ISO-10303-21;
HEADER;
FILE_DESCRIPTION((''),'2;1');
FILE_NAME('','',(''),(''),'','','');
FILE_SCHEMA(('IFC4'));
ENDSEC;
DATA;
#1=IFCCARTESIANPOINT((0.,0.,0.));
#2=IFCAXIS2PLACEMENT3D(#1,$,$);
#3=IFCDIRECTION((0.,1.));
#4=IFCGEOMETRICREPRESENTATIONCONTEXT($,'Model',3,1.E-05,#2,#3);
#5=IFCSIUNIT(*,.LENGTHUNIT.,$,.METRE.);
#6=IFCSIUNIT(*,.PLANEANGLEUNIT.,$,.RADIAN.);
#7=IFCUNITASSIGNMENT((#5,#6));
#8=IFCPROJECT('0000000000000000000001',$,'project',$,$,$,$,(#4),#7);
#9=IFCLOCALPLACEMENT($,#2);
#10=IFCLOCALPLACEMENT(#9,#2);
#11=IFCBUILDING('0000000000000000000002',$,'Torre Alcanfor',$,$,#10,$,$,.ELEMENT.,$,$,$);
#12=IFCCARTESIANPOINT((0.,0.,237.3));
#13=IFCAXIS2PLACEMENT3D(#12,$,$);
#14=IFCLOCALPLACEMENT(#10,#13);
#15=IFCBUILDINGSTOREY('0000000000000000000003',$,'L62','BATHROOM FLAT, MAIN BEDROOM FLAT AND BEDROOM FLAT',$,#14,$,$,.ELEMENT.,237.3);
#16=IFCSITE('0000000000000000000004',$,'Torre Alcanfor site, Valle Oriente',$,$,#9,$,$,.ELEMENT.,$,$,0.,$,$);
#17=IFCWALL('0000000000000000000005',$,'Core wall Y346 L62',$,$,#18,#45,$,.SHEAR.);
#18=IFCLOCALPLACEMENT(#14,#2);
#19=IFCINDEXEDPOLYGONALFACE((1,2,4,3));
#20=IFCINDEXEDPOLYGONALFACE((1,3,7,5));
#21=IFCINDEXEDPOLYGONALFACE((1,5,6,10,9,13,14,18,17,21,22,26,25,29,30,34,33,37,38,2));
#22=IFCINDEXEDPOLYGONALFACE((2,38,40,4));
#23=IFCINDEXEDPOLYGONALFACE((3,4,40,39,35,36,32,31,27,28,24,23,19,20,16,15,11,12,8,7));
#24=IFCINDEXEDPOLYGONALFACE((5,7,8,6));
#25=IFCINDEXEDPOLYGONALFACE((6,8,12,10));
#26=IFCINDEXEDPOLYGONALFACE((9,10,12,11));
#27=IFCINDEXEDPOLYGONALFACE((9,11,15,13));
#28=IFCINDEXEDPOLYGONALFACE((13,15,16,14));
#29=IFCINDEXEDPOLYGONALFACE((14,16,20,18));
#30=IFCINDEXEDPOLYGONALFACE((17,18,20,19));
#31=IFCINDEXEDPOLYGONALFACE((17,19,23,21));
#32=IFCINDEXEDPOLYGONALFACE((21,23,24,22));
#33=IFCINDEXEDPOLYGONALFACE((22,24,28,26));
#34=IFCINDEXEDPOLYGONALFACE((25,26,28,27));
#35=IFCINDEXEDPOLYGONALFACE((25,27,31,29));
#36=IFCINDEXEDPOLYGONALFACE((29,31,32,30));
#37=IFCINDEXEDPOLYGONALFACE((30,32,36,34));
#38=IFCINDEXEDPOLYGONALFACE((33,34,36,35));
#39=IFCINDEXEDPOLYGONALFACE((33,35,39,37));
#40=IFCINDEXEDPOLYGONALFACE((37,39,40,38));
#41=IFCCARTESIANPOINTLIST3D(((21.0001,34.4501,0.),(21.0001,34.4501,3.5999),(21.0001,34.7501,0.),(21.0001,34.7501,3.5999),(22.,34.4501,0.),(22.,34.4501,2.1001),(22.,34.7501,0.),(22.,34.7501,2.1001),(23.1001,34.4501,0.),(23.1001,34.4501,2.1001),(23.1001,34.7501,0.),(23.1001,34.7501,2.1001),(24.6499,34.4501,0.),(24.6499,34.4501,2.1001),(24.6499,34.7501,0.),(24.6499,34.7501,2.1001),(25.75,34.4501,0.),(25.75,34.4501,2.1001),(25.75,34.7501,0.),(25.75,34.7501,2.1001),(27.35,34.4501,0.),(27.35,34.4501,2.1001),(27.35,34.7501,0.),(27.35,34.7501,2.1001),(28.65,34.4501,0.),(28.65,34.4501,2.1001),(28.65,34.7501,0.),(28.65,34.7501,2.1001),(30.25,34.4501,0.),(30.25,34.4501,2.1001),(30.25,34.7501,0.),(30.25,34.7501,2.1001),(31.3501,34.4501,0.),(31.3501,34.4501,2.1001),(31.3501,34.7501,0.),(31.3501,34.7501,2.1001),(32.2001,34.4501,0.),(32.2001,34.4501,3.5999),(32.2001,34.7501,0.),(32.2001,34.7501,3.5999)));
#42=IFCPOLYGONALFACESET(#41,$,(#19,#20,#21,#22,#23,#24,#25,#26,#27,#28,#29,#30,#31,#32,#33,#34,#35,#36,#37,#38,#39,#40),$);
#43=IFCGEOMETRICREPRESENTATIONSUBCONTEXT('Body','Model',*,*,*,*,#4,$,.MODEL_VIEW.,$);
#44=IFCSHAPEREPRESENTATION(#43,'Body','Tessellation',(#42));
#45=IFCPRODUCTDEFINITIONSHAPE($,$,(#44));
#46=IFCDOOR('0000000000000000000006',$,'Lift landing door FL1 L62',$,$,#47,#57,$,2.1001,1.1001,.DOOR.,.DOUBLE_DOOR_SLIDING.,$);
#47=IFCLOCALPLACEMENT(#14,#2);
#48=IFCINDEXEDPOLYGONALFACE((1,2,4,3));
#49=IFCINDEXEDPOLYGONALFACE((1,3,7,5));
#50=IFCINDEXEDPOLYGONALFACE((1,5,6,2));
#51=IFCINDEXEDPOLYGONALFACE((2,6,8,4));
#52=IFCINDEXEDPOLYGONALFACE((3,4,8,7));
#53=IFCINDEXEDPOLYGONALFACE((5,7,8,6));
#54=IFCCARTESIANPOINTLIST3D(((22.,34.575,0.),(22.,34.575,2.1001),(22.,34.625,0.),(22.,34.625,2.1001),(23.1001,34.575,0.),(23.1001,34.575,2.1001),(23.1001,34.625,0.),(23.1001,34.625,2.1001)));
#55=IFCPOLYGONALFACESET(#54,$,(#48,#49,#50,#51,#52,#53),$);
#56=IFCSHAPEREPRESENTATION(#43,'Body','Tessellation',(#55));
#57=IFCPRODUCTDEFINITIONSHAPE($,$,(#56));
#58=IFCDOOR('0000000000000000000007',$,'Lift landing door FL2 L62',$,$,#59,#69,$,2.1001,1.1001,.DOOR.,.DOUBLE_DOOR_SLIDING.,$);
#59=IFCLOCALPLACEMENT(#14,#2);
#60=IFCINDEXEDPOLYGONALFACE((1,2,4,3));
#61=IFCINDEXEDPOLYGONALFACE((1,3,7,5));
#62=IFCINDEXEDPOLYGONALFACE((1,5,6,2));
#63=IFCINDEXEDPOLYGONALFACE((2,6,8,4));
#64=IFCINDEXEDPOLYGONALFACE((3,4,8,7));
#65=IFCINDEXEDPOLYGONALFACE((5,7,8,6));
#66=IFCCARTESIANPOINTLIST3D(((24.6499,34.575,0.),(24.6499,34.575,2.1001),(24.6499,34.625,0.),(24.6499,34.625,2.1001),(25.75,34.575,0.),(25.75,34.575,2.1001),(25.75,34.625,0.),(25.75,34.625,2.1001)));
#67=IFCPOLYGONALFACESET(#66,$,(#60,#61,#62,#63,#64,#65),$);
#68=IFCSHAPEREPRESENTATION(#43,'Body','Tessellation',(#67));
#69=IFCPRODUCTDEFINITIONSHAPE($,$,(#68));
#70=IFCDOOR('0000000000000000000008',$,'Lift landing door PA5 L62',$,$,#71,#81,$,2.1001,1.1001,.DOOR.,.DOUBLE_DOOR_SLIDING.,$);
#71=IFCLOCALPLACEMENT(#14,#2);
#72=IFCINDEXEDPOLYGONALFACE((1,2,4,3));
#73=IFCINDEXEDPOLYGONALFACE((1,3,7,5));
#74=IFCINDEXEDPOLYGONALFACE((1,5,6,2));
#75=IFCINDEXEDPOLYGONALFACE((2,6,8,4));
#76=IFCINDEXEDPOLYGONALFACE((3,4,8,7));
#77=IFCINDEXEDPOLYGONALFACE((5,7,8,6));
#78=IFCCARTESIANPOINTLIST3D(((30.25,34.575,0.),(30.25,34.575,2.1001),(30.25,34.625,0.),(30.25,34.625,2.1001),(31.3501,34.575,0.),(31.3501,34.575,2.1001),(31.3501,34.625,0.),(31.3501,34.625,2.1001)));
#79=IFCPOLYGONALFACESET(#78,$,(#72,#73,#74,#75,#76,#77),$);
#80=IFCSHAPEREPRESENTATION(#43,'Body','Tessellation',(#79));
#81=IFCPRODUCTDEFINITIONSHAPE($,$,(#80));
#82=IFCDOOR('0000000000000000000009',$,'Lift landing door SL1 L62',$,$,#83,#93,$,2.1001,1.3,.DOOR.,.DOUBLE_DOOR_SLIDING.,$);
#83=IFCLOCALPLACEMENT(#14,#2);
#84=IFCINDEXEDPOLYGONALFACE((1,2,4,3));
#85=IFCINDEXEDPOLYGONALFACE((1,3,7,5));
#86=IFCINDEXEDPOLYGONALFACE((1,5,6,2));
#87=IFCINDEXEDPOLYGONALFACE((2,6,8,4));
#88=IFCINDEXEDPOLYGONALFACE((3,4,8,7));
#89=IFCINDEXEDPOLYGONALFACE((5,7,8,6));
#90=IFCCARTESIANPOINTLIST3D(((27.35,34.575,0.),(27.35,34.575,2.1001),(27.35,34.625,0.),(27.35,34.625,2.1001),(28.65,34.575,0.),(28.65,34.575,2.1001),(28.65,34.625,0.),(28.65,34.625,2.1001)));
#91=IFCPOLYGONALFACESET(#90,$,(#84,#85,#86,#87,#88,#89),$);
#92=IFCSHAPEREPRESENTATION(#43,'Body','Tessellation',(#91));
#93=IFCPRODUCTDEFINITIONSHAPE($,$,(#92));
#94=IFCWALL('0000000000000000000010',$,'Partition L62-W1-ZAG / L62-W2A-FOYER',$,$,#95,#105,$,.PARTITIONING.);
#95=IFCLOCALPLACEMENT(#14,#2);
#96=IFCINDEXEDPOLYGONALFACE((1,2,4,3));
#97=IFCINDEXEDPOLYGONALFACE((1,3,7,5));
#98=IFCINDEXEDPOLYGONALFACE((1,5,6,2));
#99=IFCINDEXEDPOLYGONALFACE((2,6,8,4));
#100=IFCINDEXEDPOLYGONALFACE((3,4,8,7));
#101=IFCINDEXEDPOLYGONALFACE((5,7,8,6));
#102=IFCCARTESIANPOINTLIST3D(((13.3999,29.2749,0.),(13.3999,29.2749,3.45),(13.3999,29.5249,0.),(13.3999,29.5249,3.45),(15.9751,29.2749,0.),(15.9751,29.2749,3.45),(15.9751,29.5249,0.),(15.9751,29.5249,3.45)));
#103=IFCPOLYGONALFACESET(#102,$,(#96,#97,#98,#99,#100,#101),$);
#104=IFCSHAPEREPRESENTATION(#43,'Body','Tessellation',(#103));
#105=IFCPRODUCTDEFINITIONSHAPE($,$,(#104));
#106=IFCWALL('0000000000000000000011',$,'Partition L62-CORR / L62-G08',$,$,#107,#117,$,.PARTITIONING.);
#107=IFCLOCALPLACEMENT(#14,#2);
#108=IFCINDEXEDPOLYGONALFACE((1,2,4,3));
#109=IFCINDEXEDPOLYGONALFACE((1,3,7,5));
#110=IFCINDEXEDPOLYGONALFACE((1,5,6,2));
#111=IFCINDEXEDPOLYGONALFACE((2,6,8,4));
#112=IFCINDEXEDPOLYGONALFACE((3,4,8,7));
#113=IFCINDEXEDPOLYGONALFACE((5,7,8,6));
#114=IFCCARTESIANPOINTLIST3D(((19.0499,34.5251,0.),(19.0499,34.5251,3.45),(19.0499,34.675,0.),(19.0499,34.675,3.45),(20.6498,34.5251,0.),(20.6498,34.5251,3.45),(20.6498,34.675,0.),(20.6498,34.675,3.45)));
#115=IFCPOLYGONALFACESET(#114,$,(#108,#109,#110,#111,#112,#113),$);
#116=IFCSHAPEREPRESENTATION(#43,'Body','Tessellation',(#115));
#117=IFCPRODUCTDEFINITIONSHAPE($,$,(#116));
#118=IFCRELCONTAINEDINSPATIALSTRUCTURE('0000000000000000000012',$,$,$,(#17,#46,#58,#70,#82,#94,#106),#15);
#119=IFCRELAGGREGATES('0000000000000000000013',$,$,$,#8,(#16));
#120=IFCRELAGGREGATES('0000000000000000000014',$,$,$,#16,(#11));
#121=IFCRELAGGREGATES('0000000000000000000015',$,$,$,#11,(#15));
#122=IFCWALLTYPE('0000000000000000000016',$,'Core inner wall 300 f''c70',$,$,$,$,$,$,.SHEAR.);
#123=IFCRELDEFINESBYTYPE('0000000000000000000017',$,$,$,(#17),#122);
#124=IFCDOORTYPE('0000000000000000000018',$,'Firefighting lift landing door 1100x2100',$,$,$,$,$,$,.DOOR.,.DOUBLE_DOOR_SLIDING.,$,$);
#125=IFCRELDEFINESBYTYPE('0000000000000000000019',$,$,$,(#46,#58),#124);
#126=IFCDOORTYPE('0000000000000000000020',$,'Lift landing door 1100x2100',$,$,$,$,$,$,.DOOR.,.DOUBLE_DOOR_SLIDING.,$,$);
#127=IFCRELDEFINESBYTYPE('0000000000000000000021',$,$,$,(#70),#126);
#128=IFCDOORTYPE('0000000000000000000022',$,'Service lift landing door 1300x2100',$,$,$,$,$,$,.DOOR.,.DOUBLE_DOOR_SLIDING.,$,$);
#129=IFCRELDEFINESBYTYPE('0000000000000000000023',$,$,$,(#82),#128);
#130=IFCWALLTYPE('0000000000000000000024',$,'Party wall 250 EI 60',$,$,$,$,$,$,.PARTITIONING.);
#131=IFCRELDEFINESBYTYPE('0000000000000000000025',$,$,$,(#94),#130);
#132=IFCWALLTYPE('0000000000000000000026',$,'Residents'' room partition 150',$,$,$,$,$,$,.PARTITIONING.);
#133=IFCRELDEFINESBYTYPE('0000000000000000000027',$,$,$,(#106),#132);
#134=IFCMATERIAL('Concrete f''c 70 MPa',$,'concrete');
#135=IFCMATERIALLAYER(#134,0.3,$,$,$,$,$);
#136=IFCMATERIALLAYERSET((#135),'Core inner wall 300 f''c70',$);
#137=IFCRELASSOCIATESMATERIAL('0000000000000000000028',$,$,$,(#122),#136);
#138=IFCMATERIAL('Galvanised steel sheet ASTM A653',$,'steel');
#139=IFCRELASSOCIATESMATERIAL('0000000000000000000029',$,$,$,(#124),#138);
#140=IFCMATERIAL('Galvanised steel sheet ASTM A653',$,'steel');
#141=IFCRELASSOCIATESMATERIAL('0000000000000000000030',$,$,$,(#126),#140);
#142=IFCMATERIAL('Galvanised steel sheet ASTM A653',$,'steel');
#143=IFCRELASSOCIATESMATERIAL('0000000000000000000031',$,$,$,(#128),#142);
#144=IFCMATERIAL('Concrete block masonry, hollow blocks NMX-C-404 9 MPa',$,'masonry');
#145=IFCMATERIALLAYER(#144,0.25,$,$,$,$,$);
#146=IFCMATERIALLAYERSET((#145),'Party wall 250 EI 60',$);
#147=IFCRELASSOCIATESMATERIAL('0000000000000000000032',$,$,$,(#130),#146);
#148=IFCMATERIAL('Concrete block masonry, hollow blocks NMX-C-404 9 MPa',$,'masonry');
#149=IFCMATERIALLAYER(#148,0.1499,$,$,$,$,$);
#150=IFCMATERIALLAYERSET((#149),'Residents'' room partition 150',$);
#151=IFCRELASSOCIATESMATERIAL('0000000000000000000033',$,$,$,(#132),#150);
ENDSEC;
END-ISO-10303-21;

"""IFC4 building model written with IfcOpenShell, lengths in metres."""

from ifc_helpers import new_model, si_unit, direction, frame, frame_2d, origin, place, context, subcontext, project, spatial, rectangle, extrude, material, layer, layer_set, type_object, element, fill, save


model = new_model("IFC4")

# Units and contexts
model_context = context("Model", 3, precision=1e-05, world=origin(), true_north=direction((0.0, 1.0)))
body_context = subcontext(model_context, "Body", "Model", "MODEL_VIEW")
ifc_project = project(units=[si_unit("LENGTHUNIT", "METRE"), si_unit("PLANEANGLEUNIT", "RADIAN")], contexts=[model_context])

# Site, building, storey
site_placement = place(None, origin())
site = spatial("IfcSite", under=ifc_project, at=site_placement, Name="Torre Alcanfor site, Valle Oriente", CompositionType="ELEMENT", RefElevation=0.0)
building_placement = place(site_placement, origin())
building = spatial("IfcBuilding", under=site, at=building_placement, Name="Torre Alcanfor", CompositionType="ELEMENT")
storey_placement = place(building_placement, frame((0.0, 0.0, 237.3)))
storey = spatial("IfcBuildingStorey", under=building, at=storey_placement, Name="L62", Description="BATHROOM FLAT, MAIN BEDROOM FLAT AND BEDROOM FLAT", CompositionType="ELEMENT", Elevation=237.3)

# Shared definitions
ifc_material_1 = material(Name="Concrete f'c 70 MPa", Category="concrete")
ifc_layer_1 = layer(ifc_material_1, 0.3)
ifc_layer_set_1 = layer_set([ifc_layer_1], Name="Core inner wall 300 f'c70")
wall_type_1 = type_object("IfcWallType", Name="Core inner wall 300 f'c70", PredefinedType="SHEAR", material=ifc_layer_set_1)

# Wall, openings, doors
wall_1_placement = place(storey_placement, frame((21.0, 34.6001, 0.0), z_axis=(0.0, 0.0, 1.0), x_axis=(1.0, 0.0, 0.0)))
wall_1 = element("IfcWall", 1, at=wall_1_placement, inside=storey, type_object=wall_type_1, Name="Core wall Y346 L62", PredefinedType="SHEAR", context=body_context, shape_type="SweptSolid", body=[
    extrude(rectangle(XDim=11.2, YDim=0.3, at=frame_2d((5.6001, 0.0))), origin(), (0.0, 0.0, 1.0), 3.5999),
])
opening_1_placement = place(wall_1_placement, frame((9.25, 0.0, 0.0)))
opening_1 = element("IfcOpeningElement", 2, at=opening_1_placement, cuts=wall_1, PredefinedType="OPENING", context=body_context, shape_type="SweptSolid", body=[
    extrude(rectangle(XDim=1.1001, YDim=2.1001, at=frame_2d((0.55, 1.05))), frame((0.0, 0.1599, 0.0), z_axis=(0.0, -1.0, 0.0), x_axis=(1.0, 0.0, 0.0)), (0.0, 0.0, 1.0), 0.3201),
])
opening_2_placement = place(wall_1_placement, frame((1.0, 0.0, 0.0)))
opening_2 = element("IfcOpeningElement", 3, at=opening_2_placement, cuts=wall_1, PredefinedType="OPENING", context=body_context, shape_type="SweptSolid", body=[
    extrude(rectangle(XDim=1.1001, YDim=2.1001, at=frame_2d((0.55, 1.05))), frame((0.0, 0.1599, 0.0), z_axis=(0.0, -1.0, 0.0), x_axis=(1.0, 0.0, 0.0)), (0.0, 0.0, 1.0), 0.3201),
])
opening_3_placement = place(wall_1_placement, frame((3.6499, 0.0, 0.0)))
opening_3 = element("IfcOpeningElement", 4, at=opening_3_placement, cuts=wall_1, PredefinedType="OPENING", context=body_context, shape_type="SweptSolid", body=[
    extrude(rectangle(XDim=1.1001, YDim=2.1001, at=frame_2d((0.55, 1.05))), frame((0.0, 0.1599, 0.0), z_axis=(0.0, -1.0, 0.0), x_axis=(1.0, 0.0, 0.0)), (0.0, 0.0, 1.0), 0.3201),
])
opening_4_placement = place(wall_1_placement, frame((6.3501, 0.0, 0.0)))
opening_4 = element("IfcOpeningElement", 5, at=opening_4_placement, cuts=wall_1, PredefinedType="OPENING", context=body_context, shape_type="SweptSolid", body=[
    extrude(rectangle(XDim=1.3, YDim=2.1001, at=frame_2d((0.6499, 1.05))), frame((0.0, 0.1599, 0.0), z_axis=(0.0, -1.0, 0.0), x_axis=(1.0, 0.0, 0.0)), (0.0, 0.0, 1.0), 0.3201),
])
ifc_material_2 = material(Name="Galvanised steel sheet ASTM A653", Category="steel")
door_type_1 = type_object("IfcDoorType", Name="Firefighting lift landing door 1100x2100", OperationType="DOUBLE_DOOR_SLIDING", PredefinedType="DOOR", material=ifc_material_2)
door_1_placement = place(opening_2_placement, origin())
door_1 = element("IfcDoor", 6, at=door_1_placement, inside=storey, type_object=door_type_1, Name="Lift landing door FL1 L62", OperationType="DOUBLE_DOOR_SLIDING", OverallHeight=2.1001, OverallWidth=1.1001, PredefinedType="DOOR", context=body_context, shape_type="SweptSolid", body=[
    extrude(rectangle(XDim=1.1001, YDim=2.1001, at=frame_2d((0.55, 1.05))), frame((0.0, 0.0249, 0.0), z_axis=(0.0, -1.0, 0.0), x_axis=(1.0, 0.0, 0.0)), (0.0, 0.0, 1.0), 0.05),
])
fill(opening_2, door_1)
door_2_placement = place(opening_3_placement, origin())
door_2 = element("IfcDoor", 7, at=door_2_placement, inside=storey, type_object=door_type_1, Name="Lift landing door FL2 L62", OperationType="DOUBLE_DOOR_SLIDING", OverallHeight=2.1001, OverallWidth=1.1001, PredefinedType="DOOR", context=body_context, shape_type="SweptSolid", body=[
    extrude(rectangle(XDim=1.1001, YDim=2.1001, at=frame_2d((0.55, 1.05))), frame((0.0, 0.0249, 0.0), z_axis=(0.0, -1.0, 0.0), x_axis=(1.0, 0.0, 0.0)), (0.0, 0.0, 1.0), 0.05),
])
fill(opening_3, door_2)
ifc_material_3 = material(Name="Galvanised steel sheet ASTM A653", Category="steel")
door_type_2 = type_object("IfcDoorType", Name="Lift landing door 1100x2100", OperationType="DOUBLE_DOOR_SLIDING", PredefinedType="DOOR", material=ifc_material_3)
door_3_placement = place(opening_1_placement, origin())
door_3 = element("IfcDoor", 8, at=door_3_placement, inside=storey, type_object=door_type_2, Name="Lift landing door PA5 L62", OperationType="DOUBLE_DOOR_SLIDING", OverallHeight=2.1001, OverallWidth=1.1001, PredefinedType="DOOR", context=body_context, shape_type="SweptSolid", body=[
    extrude(rectangle(XDim=1.1001, YDim=2.1001, at=frame_2d((0.55, 1.05))), frame((0.0, 0.0249, 0.0), z_axis=(0.0, -1.0, 0.0), x_axis=(1.0, 0.0, 0.0)), (0.0, 0.0, 1.0), 0.05),
])
fill(opening_1, door_3)
ifc_material_4 = material(Name="Galvanised steel sheet ASTM A653", Category="steel")
door_type_3 = type_object("IfcDoorType", Name="Service lift landing door 1300x2100", OperationType="DOUBLE_DOOR_SLIDING", PredefinedType="DOOR", material=ifc_material_4)
door_4_placement = place(opening_4_placement, origin())
door_4 = element("IfcDoor", 9, at=door_4_placement, inside=storey, type_object=door_type_3, Name="Lift landing door SL1 L62", OperationType="DOUBLE_DOOR_SLIDING", OverallHeight=2.1001, OverallWidth=1.3, PredefinedType="DOOR", context=body_context, shape_type="SweptSolid", body=[
    extrude(rectangle(XDim=1.3, YDim=2.1001, at=frame_2d((0.6499, 1.05))), frame((0.0, 0.0249, 0.0), z_axis=(0.0, -1.0, 0.0), x_axis=(1.0, 0.0, 0.0)), (0.0, 0.0, 1.0), 0.05),
])
fill(opening_4, door_4)

# Walls
ifc_material_5 = material(Name="Concrete block masonry, hollow blocks NMX-C-404 9 MPa", Category="masonry")
ifc_layer_2 = layer(ifc_material_5, 0.25)
ifc_layer_set_2 = layer_set([ifc_layer_2], Name="Party wall 250 EI 60")
wall_type_2 = type_object("IfcWallType", Name="Party wall 250 EI 60", PredefinedType="PARTITIONING", material=ifc_layer_set_2)
wall_2_placement = place(storey_placement, frame((15.9751, 29.3999, 0.0), z_axis=(0.0, 0.0, 1.0), x_axis=(-1.0, 0.0, 0.0)))
element("IfcWall", 10, at=wall_2_placement, inside=storey, type_object=wall_type_2, Name="Partition L62-W1-ZAG / L62-W2A-FOYER", PredefinedType="PARTITIONING", context=body_context, shape_type="SweptSolid", body=[
    extrude(rectangle(XDim=2.5752, YDim=0.25, at=frame_2d((1.2876, 0.0))), origin(), (0.0, 0.0, 1.0), 3.45),
])
ifc_material_6 = material(Name="Concrete block masonry, hollow blocks NMX-C-404 9 MPa", Category="masonry")
ifc_layer_3 = layer(ifc_material_6, 0.1499)
ifc_layer_set_3 = layer_set([ifc_layer_3], Name="Residents' room partition 150")
wall_type_3 = type_object("IfcWallType", Name="Residents' room partition 150", PredefinedType="PARTITIONING", material=ifc_layer_set_3)
wall_3_placement = place(storey_placement, frame((19.05, 34.6001, 0.0), z_axis=(0.0, 0.0, 1.0), x_axis=(1.0, 0.0, 0.0)))
element("IfcWall", 11, at=wall_3_placement, inside=storey, type_object=wall_type_3, Name="Partition L62-CORR / L62-G08", PredefinedType="PARTITIONING", context=body_context, shape_type="SweptSolid", body=[
    extrude(rectangle(XDim=1.5999, YDim=0.1499, at=frame_2d((0.7998, 0.0))), origin(), (0.0, 0.0, 1.0), 3.45),
])

save(model, "model.ifc")
